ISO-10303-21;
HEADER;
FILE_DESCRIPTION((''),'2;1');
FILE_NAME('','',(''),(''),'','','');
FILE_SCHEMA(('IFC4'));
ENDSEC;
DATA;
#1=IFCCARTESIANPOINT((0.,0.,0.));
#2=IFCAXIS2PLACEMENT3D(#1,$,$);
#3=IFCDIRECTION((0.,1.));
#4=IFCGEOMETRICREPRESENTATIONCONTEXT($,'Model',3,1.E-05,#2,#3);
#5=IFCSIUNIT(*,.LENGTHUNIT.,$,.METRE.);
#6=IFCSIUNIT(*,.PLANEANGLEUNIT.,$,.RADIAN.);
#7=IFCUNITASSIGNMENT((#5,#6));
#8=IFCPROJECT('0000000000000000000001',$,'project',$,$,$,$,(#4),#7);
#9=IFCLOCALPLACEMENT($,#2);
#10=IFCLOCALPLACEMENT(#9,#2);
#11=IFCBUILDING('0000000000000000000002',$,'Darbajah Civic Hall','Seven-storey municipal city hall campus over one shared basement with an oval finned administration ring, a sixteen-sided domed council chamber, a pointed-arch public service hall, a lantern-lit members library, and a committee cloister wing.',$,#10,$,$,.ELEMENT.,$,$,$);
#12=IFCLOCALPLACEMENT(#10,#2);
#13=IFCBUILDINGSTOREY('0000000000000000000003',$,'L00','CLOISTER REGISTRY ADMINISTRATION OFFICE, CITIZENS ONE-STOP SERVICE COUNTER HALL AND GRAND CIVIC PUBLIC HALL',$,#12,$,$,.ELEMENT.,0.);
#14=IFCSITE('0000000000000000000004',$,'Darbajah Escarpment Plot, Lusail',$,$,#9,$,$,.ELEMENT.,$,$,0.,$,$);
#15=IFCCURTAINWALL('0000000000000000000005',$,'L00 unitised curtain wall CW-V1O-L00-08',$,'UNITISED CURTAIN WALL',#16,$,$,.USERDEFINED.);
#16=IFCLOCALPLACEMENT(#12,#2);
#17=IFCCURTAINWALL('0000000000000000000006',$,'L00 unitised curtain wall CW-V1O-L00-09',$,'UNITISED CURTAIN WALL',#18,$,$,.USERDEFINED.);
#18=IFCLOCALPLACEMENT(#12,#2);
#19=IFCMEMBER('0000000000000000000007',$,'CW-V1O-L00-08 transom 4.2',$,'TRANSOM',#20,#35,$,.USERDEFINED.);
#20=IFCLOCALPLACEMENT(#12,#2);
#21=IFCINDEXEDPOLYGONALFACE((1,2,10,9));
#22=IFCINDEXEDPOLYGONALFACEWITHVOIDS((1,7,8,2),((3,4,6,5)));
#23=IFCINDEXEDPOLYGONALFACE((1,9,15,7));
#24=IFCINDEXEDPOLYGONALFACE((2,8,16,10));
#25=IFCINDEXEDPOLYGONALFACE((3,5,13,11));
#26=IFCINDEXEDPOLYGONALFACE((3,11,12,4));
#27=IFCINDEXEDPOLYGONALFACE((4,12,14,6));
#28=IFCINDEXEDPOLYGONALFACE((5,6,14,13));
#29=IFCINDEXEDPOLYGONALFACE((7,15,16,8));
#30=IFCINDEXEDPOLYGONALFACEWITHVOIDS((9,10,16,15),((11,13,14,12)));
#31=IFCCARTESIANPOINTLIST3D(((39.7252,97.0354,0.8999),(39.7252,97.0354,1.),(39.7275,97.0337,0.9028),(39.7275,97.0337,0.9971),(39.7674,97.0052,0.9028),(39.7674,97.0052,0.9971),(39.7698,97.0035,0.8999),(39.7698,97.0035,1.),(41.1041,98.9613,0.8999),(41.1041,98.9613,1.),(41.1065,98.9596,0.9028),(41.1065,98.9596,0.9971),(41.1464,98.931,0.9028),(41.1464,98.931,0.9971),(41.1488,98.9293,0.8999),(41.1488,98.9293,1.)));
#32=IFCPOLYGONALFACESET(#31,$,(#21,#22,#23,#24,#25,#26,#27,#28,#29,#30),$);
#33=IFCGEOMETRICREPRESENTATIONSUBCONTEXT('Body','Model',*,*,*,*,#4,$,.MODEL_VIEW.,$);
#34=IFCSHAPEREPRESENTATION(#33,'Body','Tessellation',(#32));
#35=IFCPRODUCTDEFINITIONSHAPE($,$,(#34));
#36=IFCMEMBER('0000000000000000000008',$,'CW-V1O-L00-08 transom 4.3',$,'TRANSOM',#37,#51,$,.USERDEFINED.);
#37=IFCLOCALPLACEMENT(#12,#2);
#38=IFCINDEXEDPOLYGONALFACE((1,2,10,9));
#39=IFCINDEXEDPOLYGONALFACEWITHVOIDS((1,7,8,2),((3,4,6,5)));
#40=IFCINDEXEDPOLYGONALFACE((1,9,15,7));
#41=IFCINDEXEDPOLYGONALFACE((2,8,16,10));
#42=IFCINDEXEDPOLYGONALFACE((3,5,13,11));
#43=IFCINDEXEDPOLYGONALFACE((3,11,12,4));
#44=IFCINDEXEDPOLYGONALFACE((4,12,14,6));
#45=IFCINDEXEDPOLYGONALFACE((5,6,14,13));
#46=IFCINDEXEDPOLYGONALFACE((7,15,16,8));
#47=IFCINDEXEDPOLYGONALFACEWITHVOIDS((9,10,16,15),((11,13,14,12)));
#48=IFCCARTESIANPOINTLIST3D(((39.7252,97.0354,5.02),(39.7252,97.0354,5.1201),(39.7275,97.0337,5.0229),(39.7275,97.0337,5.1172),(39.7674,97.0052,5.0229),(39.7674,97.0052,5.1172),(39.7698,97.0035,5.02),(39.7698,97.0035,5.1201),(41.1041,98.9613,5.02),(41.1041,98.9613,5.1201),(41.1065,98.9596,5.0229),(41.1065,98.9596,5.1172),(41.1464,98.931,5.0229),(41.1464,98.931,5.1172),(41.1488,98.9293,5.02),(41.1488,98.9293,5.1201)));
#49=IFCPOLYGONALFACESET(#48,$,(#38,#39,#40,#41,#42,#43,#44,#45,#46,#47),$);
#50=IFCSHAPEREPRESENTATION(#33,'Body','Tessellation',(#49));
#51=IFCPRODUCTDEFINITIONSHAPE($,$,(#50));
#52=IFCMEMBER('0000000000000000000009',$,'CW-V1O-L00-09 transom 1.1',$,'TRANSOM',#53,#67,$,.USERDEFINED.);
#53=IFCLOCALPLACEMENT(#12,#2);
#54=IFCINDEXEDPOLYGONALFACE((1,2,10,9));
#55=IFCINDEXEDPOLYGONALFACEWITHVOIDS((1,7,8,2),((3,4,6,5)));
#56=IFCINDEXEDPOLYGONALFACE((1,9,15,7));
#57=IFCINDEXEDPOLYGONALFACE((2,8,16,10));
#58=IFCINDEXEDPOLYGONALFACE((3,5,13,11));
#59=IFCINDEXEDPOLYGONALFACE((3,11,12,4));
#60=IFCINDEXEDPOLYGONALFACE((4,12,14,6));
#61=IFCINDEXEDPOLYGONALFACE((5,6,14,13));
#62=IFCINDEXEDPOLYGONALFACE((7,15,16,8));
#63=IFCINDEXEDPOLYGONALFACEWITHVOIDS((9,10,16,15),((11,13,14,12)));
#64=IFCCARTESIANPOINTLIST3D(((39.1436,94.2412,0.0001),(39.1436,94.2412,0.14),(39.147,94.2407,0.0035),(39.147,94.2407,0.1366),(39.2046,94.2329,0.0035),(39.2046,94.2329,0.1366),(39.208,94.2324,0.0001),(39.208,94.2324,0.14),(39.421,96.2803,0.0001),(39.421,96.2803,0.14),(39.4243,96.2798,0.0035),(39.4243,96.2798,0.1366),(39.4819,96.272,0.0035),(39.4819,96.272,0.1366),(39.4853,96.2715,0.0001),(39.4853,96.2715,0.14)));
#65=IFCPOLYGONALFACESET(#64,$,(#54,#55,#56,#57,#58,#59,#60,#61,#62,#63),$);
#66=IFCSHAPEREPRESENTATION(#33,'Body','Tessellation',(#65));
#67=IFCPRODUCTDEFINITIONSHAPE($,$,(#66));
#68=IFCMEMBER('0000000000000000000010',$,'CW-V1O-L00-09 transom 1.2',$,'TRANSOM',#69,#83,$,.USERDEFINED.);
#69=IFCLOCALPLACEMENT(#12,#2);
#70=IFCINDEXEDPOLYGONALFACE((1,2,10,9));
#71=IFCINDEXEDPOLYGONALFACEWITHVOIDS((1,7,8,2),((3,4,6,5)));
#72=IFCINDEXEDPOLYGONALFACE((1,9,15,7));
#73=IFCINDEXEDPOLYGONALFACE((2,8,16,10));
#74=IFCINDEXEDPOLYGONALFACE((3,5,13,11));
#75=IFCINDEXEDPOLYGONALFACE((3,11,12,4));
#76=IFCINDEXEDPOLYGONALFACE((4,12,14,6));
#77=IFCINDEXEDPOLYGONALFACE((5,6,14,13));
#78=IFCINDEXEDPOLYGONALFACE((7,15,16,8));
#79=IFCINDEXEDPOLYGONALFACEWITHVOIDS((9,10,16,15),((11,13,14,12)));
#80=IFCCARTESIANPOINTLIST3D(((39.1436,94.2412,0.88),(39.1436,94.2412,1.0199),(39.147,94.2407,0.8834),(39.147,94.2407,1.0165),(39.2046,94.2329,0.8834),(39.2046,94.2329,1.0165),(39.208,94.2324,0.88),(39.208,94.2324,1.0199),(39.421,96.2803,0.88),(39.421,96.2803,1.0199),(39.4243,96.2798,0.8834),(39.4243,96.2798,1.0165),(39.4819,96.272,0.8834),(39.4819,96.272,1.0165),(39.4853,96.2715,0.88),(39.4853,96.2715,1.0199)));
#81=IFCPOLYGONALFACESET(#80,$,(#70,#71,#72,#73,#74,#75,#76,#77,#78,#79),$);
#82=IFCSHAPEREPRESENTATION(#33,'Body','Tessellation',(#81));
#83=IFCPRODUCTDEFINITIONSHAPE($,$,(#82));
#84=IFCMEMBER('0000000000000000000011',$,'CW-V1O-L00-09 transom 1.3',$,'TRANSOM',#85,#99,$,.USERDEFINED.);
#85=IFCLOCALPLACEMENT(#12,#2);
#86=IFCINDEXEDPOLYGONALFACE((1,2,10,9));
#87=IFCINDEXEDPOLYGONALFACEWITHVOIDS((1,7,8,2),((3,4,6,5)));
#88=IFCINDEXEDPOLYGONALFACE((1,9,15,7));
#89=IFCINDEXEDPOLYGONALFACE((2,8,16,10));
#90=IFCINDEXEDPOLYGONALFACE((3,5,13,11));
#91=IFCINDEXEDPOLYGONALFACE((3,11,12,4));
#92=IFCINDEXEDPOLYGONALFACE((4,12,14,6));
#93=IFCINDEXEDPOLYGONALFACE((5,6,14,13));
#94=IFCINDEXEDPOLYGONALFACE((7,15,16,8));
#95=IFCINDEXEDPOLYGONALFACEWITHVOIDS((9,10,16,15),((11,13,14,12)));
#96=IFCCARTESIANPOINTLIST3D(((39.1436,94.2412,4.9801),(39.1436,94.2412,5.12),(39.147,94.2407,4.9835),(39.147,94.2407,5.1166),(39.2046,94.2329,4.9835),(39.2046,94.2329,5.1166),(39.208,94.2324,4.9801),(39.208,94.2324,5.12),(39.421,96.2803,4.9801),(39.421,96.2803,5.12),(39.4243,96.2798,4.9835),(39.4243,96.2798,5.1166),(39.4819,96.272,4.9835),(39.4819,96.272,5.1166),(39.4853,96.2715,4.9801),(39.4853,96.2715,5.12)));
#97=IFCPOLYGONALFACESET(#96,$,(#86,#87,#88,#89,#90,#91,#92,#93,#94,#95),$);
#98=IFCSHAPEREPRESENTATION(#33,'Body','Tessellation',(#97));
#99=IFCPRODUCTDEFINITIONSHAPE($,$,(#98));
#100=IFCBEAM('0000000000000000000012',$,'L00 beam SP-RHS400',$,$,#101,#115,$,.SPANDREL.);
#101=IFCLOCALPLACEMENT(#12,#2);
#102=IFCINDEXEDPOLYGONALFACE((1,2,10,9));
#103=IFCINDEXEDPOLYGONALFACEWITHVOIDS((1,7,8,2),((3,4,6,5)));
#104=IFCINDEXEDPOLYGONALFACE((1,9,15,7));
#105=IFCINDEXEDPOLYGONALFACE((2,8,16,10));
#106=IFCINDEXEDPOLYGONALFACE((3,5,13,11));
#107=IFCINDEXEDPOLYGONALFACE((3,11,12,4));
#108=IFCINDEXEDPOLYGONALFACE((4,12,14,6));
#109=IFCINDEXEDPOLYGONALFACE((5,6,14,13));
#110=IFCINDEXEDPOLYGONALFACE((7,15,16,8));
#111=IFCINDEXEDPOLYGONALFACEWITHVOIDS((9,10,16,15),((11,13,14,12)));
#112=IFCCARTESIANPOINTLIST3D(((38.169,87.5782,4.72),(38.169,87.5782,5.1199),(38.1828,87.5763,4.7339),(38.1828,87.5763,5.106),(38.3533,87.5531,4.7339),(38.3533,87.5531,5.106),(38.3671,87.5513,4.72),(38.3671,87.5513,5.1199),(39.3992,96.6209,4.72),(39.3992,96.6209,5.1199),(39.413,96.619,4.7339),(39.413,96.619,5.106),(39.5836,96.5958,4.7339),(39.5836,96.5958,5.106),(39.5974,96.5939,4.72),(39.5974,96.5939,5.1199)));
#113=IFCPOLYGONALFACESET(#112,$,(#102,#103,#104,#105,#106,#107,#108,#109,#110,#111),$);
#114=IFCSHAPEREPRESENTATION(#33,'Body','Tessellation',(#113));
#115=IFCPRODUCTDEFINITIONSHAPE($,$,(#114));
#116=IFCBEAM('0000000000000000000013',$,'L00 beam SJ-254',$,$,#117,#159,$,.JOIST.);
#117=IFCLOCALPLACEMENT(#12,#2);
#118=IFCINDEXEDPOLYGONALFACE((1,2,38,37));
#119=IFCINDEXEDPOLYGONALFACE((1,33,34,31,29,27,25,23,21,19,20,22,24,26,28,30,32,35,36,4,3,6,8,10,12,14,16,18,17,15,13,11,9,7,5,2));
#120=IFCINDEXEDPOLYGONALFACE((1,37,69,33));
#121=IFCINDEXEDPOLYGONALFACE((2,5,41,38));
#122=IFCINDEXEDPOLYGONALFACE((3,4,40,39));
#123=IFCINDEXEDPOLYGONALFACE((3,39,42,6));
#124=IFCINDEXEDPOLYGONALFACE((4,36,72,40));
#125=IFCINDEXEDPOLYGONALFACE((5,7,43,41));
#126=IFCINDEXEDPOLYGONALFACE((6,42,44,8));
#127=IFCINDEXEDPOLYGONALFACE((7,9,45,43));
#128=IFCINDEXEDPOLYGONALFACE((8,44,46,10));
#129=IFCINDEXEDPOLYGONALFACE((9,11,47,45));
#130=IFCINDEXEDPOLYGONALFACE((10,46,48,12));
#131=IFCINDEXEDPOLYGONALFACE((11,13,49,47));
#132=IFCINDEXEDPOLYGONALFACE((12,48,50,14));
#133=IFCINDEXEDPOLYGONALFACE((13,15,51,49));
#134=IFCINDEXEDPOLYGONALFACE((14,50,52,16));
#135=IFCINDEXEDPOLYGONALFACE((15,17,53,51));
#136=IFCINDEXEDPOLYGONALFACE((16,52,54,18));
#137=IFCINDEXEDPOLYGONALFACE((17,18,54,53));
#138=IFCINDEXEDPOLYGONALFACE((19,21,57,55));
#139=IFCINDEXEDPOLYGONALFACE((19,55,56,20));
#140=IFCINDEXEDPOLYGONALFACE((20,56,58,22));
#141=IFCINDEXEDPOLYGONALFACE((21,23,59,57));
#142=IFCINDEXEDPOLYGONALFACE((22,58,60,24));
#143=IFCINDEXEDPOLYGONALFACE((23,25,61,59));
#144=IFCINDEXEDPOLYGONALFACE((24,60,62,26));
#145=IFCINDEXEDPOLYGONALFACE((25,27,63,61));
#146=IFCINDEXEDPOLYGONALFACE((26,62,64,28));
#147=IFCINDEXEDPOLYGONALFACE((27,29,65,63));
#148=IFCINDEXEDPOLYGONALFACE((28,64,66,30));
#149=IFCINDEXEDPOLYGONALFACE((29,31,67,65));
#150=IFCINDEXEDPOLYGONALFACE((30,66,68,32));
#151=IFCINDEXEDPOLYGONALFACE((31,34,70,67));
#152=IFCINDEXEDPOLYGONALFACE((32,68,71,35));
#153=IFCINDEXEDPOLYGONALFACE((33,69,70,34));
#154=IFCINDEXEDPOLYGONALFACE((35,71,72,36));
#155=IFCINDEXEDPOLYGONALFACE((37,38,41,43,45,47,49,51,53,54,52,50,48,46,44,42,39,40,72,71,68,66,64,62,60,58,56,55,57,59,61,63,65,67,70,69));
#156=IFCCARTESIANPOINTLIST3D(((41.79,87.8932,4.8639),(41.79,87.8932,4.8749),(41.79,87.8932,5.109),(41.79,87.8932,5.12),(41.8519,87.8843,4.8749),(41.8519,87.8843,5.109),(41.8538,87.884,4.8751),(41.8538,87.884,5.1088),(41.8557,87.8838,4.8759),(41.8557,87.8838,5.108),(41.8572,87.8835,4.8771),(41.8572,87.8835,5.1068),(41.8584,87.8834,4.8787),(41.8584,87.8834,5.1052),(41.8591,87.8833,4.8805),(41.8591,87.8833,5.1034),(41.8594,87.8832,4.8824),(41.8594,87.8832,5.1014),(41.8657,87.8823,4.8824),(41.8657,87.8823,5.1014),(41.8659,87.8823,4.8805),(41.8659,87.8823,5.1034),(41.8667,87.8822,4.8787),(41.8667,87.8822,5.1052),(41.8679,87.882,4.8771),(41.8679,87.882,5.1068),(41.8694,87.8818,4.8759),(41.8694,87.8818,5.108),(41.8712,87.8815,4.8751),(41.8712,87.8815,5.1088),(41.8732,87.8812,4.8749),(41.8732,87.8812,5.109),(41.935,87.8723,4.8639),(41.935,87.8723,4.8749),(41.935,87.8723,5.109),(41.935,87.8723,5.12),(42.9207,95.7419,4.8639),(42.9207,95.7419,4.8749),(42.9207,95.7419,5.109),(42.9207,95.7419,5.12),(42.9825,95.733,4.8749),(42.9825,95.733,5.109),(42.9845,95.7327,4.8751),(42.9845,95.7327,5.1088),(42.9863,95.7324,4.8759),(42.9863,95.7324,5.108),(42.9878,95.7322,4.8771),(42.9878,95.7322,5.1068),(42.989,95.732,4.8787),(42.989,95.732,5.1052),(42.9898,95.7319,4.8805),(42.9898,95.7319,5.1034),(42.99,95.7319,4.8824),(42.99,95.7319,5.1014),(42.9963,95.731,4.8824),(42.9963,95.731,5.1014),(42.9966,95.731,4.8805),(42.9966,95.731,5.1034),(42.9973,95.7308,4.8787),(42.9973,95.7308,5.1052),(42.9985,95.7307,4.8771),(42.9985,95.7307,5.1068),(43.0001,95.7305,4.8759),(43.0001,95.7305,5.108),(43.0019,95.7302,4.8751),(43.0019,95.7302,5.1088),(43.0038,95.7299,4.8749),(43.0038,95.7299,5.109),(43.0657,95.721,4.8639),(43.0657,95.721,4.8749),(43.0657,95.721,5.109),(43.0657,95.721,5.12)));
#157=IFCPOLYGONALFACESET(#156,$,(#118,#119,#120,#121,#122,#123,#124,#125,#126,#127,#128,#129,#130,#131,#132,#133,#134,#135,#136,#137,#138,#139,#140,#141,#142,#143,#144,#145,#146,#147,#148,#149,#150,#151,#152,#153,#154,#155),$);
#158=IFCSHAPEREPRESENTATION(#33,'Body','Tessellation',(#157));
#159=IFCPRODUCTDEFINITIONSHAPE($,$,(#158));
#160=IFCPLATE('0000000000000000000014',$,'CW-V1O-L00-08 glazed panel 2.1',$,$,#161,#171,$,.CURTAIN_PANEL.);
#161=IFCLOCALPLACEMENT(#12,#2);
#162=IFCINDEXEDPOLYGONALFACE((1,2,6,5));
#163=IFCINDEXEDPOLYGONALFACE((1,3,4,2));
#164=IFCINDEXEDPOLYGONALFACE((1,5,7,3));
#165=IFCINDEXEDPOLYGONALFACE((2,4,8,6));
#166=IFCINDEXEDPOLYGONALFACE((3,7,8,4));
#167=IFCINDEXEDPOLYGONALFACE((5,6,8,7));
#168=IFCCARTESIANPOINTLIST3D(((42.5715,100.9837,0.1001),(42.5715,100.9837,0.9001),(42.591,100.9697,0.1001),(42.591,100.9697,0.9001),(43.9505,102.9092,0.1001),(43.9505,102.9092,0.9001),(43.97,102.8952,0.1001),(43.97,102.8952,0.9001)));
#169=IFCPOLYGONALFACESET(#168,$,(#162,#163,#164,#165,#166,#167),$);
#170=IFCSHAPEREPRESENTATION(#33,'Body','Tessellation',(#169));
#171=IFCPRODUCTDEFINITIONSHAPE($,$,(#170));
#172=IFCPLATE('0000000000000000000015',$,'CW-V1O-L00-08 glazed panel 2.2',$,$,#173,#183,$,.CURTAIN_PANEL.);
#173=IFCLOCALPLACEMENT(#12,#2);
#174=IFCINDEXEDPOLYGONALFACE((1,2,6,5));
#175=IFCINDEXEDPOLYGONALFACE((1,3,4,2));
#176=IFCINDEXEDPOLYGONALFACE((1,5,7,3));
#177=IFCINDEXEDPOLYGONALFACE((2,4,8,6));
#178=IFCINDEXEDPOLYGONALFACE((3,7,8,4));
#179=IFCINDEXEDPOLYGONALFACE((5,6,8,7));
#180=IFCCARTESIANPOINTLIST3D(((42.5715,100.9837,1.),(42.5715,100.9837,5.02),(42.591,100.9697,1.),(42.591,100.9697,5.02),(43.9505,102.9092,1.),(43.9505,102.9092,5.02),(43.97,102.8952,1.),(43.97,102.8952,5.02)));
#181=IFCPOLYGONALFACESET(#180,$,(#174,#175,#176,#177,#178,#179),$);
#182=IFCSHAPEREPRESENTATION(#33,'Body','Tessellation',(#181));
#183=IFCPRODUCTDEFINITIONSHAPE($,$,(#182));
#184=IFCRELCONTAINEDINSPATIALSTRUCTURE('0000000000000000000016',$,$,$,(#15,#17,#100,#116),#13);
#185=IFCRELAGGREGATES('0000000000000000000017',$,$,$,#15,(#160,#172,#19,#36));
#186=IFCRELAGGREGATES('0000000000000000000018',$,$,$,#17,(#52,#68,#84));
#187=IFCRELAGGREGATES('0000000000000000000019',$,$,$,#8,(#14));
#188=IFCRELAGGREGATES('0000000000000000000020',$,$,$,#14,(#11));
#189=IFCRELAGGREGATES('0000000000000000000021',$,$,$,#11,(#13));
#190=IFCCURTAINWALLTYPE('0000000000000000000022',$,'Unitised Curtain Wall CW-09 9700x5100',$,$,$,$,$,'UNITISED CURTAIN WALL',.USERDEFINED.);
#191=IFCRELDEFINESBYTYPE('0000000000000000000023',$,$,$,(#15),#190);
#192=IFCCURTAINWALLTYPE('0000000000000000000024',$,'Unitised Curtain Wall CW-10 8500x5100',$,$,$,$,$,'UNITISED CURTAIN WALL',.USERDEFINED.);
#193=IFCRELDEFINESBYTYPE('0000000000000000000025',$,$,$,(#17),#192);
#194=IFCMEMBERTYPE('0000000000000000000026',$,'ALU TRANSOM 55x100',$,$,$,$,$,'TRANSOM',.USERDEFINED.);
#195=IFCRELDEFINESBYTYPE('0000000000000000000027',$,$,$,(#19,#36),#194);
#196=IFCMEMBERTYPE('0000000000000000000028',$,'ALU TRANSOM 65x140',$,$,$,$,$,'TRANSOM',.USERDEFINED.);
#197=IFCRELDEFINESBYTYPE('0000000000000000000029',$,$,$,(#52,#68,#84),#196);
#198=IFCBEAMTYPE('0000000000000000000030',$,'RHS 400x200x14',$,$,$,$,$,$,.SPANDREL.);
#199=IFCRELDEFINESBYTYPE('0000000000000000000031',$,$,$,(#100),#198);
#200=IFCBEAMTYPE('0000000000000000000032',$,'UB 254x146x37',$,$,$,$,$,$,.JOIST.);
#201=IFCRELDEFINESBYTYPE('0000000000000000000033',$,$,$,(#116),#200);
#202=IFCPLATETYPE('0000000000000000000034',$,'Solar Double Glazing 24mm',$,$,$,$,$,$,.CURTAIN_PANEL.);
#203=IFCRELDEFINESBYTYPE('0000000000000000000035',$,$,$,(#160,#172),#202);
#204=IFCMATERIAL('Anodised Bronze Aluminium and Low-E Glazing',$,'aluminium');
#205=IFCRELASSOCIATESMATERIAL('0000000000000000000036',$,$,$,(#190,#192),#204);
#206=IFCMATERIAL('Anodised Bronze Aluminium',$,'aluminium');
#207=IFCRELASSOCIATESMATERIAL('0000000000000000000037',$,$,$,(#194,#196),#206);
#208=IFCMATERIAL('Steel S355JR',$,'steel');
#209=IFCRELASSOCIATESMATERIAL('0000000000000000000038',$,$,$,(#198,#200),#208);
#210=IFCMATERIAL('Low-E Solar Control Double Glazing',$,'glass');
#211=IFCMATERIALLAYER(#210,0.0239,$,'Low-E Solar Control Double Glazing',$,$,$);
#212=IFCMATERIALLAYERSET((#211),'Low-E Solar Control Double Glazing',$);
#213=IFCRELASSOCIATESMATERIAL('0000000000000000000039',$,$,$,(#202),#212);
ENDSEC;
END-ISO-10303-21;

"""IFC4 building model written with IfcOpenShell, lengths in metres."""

from ifc_helpers import new_model, si_unit, direction, frame, origin, origin_2d, place, context, subcontext, project, spatial, rectangle, hollow_rectangle, i_section, extrude, material, layer, layer_set, material_profile, profile_set, type_object, element, aggregate, save


model = new_model("IFC4")

# Units and contexts
model_context = context("Model", 3, precision=1e-05, world=origin(), true_north=direction((0.0, 1.0)))
body_context = subcontext(model_context, "Body", "Model", "MODEL_VIEW")
ifc_project = project(units=[si_unit("LENGTHUNIT", "METRE"), si_unit("PLANEANGLEUNIT", "RADIAN")], contexts=[model_context])

# Site, building, storey
site_placement = place(None, origin())
site = spatial("IfcSite", under=ifc_project, at=site_placement, Name="Darbajah Escarpment Plot, Lusail", CompositionType="ELEMENT", RefElevation=0.0)
building_placement = place(site_placement, origin())
building = spatial("IfcBuilding", under=site, at=building_placement, Name="Darbajah Civic Hall", Description="Seven-storey municipal city hall campus over one shared basement with an oval finned administration ring, a sixteen-sided domed council chamber, a pointed-arch public service hall, a lantern-lit members library, and a committee cloister wing.", CompositionType="ELEMENT")
storey_placement = place(building_placement, origin())
storey = spatial("IfcBuildingStorey", under=building, at=storey_placement, Name="L00", Description="CLOISTER REGISTRY ADMINISTRATION OFFICE, CITIZENS ONE-STOP SERVICE COUNTER HALL AND GRAND CIVIC PUBLIC HALL", CompositionType="ELEMENT", Elevation=0.0)

# Curtain wall
ifc_material_1 = material(Name="Anodised Bronze Aluminium and Low-E Glazing", Category="aluminium")
curtain_wall_type_1 = type_object("IfcCurtainWallType", Name="Unitised Curtain Wall CW-09 9700x5100", ElementType="UNITISED CURTAIN WALL", PredefinedType="USERDEFINED", material=ifc_material_1)
curtain_wall_1_placement = place(storey_placement, origin())
curtain_wall_1 = element("IfcCurtainWall", 1, at=curtain_wall_1_placement, inside=storey, type_object=curtain_wall_type_1, Name="L00 unitised curtain wall CW-V1O-L00-08", ObjectType="UNITISED CURTAIN WALL", PredefinedType="USERDEFINED")
ifc_material_2 = material(Name="Anodised Bronze Aluminium", Category="aluminium")

# Curtain wall
curtain_wall_type_2 = type_object("IfcCurtainWallType", Name="Unitised Curtain Wall CW-10 8500x5100", ElementType="UNITISED CURTAIN WALL", PredefinedType="USERDEFINED", material=ifc_material_1)
curtain_wall_2_placement = place(storey_placement, origin())
curtain_wall_2 = element("IfcCurtainWall", 2, at=curtain_wall_2_placement, inside=storey, type_object=curtain_wall_type_2, Name="L00 unitised curtain wall CW-V1O-L00-09", ObjectType="UNITISED CURTAIN WALL", PredefinedType="USERDEFINED")

# Members
ifc_material_profile_1 = material_profile(ifc_material_2, hollow_rectangle(XDim=0.0549, YDim=0.1001, WallThickness=0.0029, at=origin_2d()), Name="ALU TRANSOM 55x100")
ifc_profile_set_1 = profile_set([ifc_material_profile_1], Name="Anodised Bronze Aluminium")
member_type_1 = type_object("IfcMemberType", Name="ALU TRANSOM 55x100", ElementType="TRANSOM", PredefinedType="USERDEFINED", material=ifc_profile_set_1)
member_1_placement = place(storey_placement, frame((41.1265, 98.9453, 0.95), z_axis=(-0.582174, -0.813064, 0.0), x_axis=(0.813064, -0.582174, 0.0)))
member_1 = element("IfcMember", 3, at=member_1_placement, type_object=member_type_1, Name="CW-V1O-L00-08 transom 4.2", ObjectType="TRANSOM", PredefinedType="USERDEFINED", context=body_context, shape_type="SweptSolid", body=[
    extrude(hollow_rectangle(XDim=0.0549, YDim=0.1001, WallThickness=0.0029, at=origin_2d()), origin(), (0.0, 0.0, 1.0), 2.3687),
])
member_2_placement = place(storey_placement, frame((41.1265, 98.9453, 5.0701), z_axis=(-0.582174, -0.813064, 0.0), x_axis=(0.813064, -0.582174, 0.0)))
member_2 = element("IfcMember", 4, at=member_2_placement, type_object=member_type_1, Name="CW-V1O-L00-08 transom 4.3", ObjectType="TRANSOM", PredefinedType="USERDEFINED", context=body_context, shape_type="SweptSolid", body=[
    extrude(hollow_rectangle(XDim=0.0549, YDim=0.1001, WallThickness=0.0029, at=origin_2d()), origin(), (0.0, 0.0, 1.0), 2.3687),
])
ifc_material_profile_2 = material_profile(ifc_material_2, hollow_rectangle(XDim=0.0649, YDim=0.1399, WallThickness=0.0034, at=origin_2d()), Name="ALU TRANSOM 65x140")
ifc_profile_set_2 = profile_set([ifc_material_profile_2], Name="Anodised Bronze Aluminium")
member_type_2 = type_object("IfcMemberType", Name="ALU TRANSOM 65x140", ElementType="TRANSOM", PredefinedType="USERDEFINED", material=ifc_profile_set_2)
member_3_placement = place(storey_placement, frame((39.4531, 96.2759, 0.0701), z_axis=(-0.134774, -0.990876, 0.0), x_axis=(0.990876, -0.134774, 0.0)))
member_3 = element("IfcMember", 5, at=member_3_placement, type_object=member_type_2, Name="CW-V1O-L00-09 transom 1.1", ObjectType="TRANSOM", PredefinedType="USERDEFINED", context=body_context, shape_type="SweptSolid", body=[
    extrude(hollow_rectangle(XDim=0.0649, YDim=0.1399, WallThickness=0.0034, at=origin_2d()), origin(), (0.0, 0.0, 1.0), 2.0579),
])
member_4_placement = place(storey_placement, frame((39.4531, 96.2759, 0.95), z_axis=(-0.134774, -0.990876, 0.0), x_axis=(0.990876, -0.134774, 0.0)))
member_4 = element("IfcMember", 6, at=member_4_placement, type_object=member_type_2, Name="CW-V1O-L00-09 transom 1.2", ObjectType="TRANSOM", PredefinedType="USERDEFINED", context=body_context, shape_type="SweptSolid", body=[
    extrude(hollow_rectangle(XDim=0.0649, YDim=0.1399, WallThickness=0.0034, at=origin_2d()), origin(), (0.0, 0.0, 1.0), 2.0579),
])
member_5_placement = place(storey_placement, frame((39.4531, 96.2759, 5.05), z_axis=(-0.134774, -0.990876, 0.0), x_axis=(0.990876, -0.134774, 0.0)))
member_5 = element("IfcMember", 7, at=member_5_placement, type_object=member_type_2, Name="CW-V1O-L00-09 transom 1.3", ObjectType="TRANSOM", PredefinedType="USERDEFINED", context=body_context, shape_type="SweptSolid", body=[
    extrude(hollow_rectangle(XDim=0.0649, YDim=0.1399, WallThickness=0.0034, at=origin_2d()), origin(), (0.0, 0.0, 1.0), 2.0579),
])

# Beams
ifc_material_3 = material(Name="Steel S355JR", Category="steel")
ifc_material_profile_3 = material_profile(ifc_material_3, hollow_rectangle(XDim=0.2, YDim=0.3999, WallThickness=0.0139, at=origin_2d()), Name="RHS 400x200x14")
ifc_profile_set_3 = profile_set([ifc_material_profile_3], Name="Steel S355JR")
beam_type_1 = type_object("IfcBeamType", Name="RHS 400x200x14", PredefinedType="SPANDREL", material=ifc_profile_set_3)
beam_1_placement = place(storey_placement, frame((39.4983, 96.6074, 4.9199), z_axis=(-0.134804, -0.990872, 0.0), x_axis=(0.990872, -0.134804, 0.0)))
element("IfcBeam", 8, at=beam_1_placement, inside=storey, type_object=beam_type_1, Name="L00 beam SP-RHS400", PredefinedType="SPANDREL", context=body_context, shape_type="SweptSolid", body=[
    extrude(hollow_rectangle(XDim=0.2, YDim=0.3999, WallThickness=0.0139, at=origin_2d()), origin(), (0.0, 0.0, 1.0), 9.126),
])
ifc_material_profile_4 = material_profile(ifc_material_3, i_section(OverallWidth=0.1465, OverallDepth=0.2561, WebThickness=0.0063, FlangeThickness=0.011, FilletRadius=0.0076, at=origin_2d()), Name="UB 254x146x37")
ifc_profile_set_4 = profile_set([ifc_material_profile_4], Name="Steel S355JR")
beam_type_2 = type_object("IfcBeamType", Name="UB 254x146x37", PredefinedType="JOIST", material=ifc_profile_set_4)
beam_2_placement = place(storey_placement, frame((42.9932, 95.7314, 4.9919), z_axis=(-0.142581, -0.989783, 0.0), x_axis=(0.989783, -0.142581, 0.0)))
element("IfcBeam", 9, at=beam_2_placement, inside=storey, type_object=beam_type_2, Name="L00 beam SJ-254", PredefinedType="JOIST", context=body_context, shape_type="SweptSolid", body=[
    extrude(i_section(OverallWidth=0.1465, OverallDepth=0.2561, WebThickness=0.0063, FlangeThickness=0.011, FilletRadius=0.0076, at=origin_2d()), origin(), (0.0, 0.0, 1.0), 7.9297),
])

# Plates
ifc_material_4 = material(Name="Low-E Solar Control Double Glazing", Category="glass")
ifc_layer_1 = layer(ifc_material_4, 0.0239, Name="Low-E Solar Control Double Glazing")
ifc_layer_set_1 = layer_set([ifc_layer_1], Name="Low-E Solar Control Double Glazing")
plate_type_1 = type_object("IfcPlateType", Name="Solar Double Glazing 24mm", PredefinedType="CURTAIN_PANEL", material=ifc_layer_set_1)
plate_1_placement = place(storey_placement, frame((43.2708, 101.9395, 0.1001), z_axis=(0.0, 0.0, 1.0), x_axis=(-0.582265, -0.812999, 0.0)))
plate_1 = element("IfcPlate", 10, at=plate_1_placement, type_object=plate_type_1, Name="CW-V1O-L00-08 glazed panel 2.1", PredefinedType="CURTAIN_PANEL", context=body_context, shape_type="SweptSolid", body=[
    extrude(rectangle(XDim=2.3684, YDim=0.0239, at=origin_2d()), origin(), (0.0, 0.0, 1.0), 0.8),
])
plate_2_placement = place(storey_placement, frame((43.2708, 101.9395, 1.0), z_axis=(0.0, 0.0, 1.0), x_axis=(-0.582265, -0.812999, 0.0)))
plate_2 = element("IfcPlate", 11, at=plate_2_placement, type_object=plate_type_1, Name="CW-V1O-L00-08 glazed panel 2.2", PredefinedType="CURTAIN_PANEL", context=body_context, shape_type="SweptSolid", body=[
    extrude(rectangle(XDim=2.3684, YDim=0.0239, at=origin_2d()), origin(), (0.0, 0.0, 1.0), 4.02),
])
aggregate(curtain_wall_1, [plate_1, plate_2, member_1, member_2])
aggregate(curtain_wall_2, [member_3, member_4, member_5])

save(model, "model.ifc")
